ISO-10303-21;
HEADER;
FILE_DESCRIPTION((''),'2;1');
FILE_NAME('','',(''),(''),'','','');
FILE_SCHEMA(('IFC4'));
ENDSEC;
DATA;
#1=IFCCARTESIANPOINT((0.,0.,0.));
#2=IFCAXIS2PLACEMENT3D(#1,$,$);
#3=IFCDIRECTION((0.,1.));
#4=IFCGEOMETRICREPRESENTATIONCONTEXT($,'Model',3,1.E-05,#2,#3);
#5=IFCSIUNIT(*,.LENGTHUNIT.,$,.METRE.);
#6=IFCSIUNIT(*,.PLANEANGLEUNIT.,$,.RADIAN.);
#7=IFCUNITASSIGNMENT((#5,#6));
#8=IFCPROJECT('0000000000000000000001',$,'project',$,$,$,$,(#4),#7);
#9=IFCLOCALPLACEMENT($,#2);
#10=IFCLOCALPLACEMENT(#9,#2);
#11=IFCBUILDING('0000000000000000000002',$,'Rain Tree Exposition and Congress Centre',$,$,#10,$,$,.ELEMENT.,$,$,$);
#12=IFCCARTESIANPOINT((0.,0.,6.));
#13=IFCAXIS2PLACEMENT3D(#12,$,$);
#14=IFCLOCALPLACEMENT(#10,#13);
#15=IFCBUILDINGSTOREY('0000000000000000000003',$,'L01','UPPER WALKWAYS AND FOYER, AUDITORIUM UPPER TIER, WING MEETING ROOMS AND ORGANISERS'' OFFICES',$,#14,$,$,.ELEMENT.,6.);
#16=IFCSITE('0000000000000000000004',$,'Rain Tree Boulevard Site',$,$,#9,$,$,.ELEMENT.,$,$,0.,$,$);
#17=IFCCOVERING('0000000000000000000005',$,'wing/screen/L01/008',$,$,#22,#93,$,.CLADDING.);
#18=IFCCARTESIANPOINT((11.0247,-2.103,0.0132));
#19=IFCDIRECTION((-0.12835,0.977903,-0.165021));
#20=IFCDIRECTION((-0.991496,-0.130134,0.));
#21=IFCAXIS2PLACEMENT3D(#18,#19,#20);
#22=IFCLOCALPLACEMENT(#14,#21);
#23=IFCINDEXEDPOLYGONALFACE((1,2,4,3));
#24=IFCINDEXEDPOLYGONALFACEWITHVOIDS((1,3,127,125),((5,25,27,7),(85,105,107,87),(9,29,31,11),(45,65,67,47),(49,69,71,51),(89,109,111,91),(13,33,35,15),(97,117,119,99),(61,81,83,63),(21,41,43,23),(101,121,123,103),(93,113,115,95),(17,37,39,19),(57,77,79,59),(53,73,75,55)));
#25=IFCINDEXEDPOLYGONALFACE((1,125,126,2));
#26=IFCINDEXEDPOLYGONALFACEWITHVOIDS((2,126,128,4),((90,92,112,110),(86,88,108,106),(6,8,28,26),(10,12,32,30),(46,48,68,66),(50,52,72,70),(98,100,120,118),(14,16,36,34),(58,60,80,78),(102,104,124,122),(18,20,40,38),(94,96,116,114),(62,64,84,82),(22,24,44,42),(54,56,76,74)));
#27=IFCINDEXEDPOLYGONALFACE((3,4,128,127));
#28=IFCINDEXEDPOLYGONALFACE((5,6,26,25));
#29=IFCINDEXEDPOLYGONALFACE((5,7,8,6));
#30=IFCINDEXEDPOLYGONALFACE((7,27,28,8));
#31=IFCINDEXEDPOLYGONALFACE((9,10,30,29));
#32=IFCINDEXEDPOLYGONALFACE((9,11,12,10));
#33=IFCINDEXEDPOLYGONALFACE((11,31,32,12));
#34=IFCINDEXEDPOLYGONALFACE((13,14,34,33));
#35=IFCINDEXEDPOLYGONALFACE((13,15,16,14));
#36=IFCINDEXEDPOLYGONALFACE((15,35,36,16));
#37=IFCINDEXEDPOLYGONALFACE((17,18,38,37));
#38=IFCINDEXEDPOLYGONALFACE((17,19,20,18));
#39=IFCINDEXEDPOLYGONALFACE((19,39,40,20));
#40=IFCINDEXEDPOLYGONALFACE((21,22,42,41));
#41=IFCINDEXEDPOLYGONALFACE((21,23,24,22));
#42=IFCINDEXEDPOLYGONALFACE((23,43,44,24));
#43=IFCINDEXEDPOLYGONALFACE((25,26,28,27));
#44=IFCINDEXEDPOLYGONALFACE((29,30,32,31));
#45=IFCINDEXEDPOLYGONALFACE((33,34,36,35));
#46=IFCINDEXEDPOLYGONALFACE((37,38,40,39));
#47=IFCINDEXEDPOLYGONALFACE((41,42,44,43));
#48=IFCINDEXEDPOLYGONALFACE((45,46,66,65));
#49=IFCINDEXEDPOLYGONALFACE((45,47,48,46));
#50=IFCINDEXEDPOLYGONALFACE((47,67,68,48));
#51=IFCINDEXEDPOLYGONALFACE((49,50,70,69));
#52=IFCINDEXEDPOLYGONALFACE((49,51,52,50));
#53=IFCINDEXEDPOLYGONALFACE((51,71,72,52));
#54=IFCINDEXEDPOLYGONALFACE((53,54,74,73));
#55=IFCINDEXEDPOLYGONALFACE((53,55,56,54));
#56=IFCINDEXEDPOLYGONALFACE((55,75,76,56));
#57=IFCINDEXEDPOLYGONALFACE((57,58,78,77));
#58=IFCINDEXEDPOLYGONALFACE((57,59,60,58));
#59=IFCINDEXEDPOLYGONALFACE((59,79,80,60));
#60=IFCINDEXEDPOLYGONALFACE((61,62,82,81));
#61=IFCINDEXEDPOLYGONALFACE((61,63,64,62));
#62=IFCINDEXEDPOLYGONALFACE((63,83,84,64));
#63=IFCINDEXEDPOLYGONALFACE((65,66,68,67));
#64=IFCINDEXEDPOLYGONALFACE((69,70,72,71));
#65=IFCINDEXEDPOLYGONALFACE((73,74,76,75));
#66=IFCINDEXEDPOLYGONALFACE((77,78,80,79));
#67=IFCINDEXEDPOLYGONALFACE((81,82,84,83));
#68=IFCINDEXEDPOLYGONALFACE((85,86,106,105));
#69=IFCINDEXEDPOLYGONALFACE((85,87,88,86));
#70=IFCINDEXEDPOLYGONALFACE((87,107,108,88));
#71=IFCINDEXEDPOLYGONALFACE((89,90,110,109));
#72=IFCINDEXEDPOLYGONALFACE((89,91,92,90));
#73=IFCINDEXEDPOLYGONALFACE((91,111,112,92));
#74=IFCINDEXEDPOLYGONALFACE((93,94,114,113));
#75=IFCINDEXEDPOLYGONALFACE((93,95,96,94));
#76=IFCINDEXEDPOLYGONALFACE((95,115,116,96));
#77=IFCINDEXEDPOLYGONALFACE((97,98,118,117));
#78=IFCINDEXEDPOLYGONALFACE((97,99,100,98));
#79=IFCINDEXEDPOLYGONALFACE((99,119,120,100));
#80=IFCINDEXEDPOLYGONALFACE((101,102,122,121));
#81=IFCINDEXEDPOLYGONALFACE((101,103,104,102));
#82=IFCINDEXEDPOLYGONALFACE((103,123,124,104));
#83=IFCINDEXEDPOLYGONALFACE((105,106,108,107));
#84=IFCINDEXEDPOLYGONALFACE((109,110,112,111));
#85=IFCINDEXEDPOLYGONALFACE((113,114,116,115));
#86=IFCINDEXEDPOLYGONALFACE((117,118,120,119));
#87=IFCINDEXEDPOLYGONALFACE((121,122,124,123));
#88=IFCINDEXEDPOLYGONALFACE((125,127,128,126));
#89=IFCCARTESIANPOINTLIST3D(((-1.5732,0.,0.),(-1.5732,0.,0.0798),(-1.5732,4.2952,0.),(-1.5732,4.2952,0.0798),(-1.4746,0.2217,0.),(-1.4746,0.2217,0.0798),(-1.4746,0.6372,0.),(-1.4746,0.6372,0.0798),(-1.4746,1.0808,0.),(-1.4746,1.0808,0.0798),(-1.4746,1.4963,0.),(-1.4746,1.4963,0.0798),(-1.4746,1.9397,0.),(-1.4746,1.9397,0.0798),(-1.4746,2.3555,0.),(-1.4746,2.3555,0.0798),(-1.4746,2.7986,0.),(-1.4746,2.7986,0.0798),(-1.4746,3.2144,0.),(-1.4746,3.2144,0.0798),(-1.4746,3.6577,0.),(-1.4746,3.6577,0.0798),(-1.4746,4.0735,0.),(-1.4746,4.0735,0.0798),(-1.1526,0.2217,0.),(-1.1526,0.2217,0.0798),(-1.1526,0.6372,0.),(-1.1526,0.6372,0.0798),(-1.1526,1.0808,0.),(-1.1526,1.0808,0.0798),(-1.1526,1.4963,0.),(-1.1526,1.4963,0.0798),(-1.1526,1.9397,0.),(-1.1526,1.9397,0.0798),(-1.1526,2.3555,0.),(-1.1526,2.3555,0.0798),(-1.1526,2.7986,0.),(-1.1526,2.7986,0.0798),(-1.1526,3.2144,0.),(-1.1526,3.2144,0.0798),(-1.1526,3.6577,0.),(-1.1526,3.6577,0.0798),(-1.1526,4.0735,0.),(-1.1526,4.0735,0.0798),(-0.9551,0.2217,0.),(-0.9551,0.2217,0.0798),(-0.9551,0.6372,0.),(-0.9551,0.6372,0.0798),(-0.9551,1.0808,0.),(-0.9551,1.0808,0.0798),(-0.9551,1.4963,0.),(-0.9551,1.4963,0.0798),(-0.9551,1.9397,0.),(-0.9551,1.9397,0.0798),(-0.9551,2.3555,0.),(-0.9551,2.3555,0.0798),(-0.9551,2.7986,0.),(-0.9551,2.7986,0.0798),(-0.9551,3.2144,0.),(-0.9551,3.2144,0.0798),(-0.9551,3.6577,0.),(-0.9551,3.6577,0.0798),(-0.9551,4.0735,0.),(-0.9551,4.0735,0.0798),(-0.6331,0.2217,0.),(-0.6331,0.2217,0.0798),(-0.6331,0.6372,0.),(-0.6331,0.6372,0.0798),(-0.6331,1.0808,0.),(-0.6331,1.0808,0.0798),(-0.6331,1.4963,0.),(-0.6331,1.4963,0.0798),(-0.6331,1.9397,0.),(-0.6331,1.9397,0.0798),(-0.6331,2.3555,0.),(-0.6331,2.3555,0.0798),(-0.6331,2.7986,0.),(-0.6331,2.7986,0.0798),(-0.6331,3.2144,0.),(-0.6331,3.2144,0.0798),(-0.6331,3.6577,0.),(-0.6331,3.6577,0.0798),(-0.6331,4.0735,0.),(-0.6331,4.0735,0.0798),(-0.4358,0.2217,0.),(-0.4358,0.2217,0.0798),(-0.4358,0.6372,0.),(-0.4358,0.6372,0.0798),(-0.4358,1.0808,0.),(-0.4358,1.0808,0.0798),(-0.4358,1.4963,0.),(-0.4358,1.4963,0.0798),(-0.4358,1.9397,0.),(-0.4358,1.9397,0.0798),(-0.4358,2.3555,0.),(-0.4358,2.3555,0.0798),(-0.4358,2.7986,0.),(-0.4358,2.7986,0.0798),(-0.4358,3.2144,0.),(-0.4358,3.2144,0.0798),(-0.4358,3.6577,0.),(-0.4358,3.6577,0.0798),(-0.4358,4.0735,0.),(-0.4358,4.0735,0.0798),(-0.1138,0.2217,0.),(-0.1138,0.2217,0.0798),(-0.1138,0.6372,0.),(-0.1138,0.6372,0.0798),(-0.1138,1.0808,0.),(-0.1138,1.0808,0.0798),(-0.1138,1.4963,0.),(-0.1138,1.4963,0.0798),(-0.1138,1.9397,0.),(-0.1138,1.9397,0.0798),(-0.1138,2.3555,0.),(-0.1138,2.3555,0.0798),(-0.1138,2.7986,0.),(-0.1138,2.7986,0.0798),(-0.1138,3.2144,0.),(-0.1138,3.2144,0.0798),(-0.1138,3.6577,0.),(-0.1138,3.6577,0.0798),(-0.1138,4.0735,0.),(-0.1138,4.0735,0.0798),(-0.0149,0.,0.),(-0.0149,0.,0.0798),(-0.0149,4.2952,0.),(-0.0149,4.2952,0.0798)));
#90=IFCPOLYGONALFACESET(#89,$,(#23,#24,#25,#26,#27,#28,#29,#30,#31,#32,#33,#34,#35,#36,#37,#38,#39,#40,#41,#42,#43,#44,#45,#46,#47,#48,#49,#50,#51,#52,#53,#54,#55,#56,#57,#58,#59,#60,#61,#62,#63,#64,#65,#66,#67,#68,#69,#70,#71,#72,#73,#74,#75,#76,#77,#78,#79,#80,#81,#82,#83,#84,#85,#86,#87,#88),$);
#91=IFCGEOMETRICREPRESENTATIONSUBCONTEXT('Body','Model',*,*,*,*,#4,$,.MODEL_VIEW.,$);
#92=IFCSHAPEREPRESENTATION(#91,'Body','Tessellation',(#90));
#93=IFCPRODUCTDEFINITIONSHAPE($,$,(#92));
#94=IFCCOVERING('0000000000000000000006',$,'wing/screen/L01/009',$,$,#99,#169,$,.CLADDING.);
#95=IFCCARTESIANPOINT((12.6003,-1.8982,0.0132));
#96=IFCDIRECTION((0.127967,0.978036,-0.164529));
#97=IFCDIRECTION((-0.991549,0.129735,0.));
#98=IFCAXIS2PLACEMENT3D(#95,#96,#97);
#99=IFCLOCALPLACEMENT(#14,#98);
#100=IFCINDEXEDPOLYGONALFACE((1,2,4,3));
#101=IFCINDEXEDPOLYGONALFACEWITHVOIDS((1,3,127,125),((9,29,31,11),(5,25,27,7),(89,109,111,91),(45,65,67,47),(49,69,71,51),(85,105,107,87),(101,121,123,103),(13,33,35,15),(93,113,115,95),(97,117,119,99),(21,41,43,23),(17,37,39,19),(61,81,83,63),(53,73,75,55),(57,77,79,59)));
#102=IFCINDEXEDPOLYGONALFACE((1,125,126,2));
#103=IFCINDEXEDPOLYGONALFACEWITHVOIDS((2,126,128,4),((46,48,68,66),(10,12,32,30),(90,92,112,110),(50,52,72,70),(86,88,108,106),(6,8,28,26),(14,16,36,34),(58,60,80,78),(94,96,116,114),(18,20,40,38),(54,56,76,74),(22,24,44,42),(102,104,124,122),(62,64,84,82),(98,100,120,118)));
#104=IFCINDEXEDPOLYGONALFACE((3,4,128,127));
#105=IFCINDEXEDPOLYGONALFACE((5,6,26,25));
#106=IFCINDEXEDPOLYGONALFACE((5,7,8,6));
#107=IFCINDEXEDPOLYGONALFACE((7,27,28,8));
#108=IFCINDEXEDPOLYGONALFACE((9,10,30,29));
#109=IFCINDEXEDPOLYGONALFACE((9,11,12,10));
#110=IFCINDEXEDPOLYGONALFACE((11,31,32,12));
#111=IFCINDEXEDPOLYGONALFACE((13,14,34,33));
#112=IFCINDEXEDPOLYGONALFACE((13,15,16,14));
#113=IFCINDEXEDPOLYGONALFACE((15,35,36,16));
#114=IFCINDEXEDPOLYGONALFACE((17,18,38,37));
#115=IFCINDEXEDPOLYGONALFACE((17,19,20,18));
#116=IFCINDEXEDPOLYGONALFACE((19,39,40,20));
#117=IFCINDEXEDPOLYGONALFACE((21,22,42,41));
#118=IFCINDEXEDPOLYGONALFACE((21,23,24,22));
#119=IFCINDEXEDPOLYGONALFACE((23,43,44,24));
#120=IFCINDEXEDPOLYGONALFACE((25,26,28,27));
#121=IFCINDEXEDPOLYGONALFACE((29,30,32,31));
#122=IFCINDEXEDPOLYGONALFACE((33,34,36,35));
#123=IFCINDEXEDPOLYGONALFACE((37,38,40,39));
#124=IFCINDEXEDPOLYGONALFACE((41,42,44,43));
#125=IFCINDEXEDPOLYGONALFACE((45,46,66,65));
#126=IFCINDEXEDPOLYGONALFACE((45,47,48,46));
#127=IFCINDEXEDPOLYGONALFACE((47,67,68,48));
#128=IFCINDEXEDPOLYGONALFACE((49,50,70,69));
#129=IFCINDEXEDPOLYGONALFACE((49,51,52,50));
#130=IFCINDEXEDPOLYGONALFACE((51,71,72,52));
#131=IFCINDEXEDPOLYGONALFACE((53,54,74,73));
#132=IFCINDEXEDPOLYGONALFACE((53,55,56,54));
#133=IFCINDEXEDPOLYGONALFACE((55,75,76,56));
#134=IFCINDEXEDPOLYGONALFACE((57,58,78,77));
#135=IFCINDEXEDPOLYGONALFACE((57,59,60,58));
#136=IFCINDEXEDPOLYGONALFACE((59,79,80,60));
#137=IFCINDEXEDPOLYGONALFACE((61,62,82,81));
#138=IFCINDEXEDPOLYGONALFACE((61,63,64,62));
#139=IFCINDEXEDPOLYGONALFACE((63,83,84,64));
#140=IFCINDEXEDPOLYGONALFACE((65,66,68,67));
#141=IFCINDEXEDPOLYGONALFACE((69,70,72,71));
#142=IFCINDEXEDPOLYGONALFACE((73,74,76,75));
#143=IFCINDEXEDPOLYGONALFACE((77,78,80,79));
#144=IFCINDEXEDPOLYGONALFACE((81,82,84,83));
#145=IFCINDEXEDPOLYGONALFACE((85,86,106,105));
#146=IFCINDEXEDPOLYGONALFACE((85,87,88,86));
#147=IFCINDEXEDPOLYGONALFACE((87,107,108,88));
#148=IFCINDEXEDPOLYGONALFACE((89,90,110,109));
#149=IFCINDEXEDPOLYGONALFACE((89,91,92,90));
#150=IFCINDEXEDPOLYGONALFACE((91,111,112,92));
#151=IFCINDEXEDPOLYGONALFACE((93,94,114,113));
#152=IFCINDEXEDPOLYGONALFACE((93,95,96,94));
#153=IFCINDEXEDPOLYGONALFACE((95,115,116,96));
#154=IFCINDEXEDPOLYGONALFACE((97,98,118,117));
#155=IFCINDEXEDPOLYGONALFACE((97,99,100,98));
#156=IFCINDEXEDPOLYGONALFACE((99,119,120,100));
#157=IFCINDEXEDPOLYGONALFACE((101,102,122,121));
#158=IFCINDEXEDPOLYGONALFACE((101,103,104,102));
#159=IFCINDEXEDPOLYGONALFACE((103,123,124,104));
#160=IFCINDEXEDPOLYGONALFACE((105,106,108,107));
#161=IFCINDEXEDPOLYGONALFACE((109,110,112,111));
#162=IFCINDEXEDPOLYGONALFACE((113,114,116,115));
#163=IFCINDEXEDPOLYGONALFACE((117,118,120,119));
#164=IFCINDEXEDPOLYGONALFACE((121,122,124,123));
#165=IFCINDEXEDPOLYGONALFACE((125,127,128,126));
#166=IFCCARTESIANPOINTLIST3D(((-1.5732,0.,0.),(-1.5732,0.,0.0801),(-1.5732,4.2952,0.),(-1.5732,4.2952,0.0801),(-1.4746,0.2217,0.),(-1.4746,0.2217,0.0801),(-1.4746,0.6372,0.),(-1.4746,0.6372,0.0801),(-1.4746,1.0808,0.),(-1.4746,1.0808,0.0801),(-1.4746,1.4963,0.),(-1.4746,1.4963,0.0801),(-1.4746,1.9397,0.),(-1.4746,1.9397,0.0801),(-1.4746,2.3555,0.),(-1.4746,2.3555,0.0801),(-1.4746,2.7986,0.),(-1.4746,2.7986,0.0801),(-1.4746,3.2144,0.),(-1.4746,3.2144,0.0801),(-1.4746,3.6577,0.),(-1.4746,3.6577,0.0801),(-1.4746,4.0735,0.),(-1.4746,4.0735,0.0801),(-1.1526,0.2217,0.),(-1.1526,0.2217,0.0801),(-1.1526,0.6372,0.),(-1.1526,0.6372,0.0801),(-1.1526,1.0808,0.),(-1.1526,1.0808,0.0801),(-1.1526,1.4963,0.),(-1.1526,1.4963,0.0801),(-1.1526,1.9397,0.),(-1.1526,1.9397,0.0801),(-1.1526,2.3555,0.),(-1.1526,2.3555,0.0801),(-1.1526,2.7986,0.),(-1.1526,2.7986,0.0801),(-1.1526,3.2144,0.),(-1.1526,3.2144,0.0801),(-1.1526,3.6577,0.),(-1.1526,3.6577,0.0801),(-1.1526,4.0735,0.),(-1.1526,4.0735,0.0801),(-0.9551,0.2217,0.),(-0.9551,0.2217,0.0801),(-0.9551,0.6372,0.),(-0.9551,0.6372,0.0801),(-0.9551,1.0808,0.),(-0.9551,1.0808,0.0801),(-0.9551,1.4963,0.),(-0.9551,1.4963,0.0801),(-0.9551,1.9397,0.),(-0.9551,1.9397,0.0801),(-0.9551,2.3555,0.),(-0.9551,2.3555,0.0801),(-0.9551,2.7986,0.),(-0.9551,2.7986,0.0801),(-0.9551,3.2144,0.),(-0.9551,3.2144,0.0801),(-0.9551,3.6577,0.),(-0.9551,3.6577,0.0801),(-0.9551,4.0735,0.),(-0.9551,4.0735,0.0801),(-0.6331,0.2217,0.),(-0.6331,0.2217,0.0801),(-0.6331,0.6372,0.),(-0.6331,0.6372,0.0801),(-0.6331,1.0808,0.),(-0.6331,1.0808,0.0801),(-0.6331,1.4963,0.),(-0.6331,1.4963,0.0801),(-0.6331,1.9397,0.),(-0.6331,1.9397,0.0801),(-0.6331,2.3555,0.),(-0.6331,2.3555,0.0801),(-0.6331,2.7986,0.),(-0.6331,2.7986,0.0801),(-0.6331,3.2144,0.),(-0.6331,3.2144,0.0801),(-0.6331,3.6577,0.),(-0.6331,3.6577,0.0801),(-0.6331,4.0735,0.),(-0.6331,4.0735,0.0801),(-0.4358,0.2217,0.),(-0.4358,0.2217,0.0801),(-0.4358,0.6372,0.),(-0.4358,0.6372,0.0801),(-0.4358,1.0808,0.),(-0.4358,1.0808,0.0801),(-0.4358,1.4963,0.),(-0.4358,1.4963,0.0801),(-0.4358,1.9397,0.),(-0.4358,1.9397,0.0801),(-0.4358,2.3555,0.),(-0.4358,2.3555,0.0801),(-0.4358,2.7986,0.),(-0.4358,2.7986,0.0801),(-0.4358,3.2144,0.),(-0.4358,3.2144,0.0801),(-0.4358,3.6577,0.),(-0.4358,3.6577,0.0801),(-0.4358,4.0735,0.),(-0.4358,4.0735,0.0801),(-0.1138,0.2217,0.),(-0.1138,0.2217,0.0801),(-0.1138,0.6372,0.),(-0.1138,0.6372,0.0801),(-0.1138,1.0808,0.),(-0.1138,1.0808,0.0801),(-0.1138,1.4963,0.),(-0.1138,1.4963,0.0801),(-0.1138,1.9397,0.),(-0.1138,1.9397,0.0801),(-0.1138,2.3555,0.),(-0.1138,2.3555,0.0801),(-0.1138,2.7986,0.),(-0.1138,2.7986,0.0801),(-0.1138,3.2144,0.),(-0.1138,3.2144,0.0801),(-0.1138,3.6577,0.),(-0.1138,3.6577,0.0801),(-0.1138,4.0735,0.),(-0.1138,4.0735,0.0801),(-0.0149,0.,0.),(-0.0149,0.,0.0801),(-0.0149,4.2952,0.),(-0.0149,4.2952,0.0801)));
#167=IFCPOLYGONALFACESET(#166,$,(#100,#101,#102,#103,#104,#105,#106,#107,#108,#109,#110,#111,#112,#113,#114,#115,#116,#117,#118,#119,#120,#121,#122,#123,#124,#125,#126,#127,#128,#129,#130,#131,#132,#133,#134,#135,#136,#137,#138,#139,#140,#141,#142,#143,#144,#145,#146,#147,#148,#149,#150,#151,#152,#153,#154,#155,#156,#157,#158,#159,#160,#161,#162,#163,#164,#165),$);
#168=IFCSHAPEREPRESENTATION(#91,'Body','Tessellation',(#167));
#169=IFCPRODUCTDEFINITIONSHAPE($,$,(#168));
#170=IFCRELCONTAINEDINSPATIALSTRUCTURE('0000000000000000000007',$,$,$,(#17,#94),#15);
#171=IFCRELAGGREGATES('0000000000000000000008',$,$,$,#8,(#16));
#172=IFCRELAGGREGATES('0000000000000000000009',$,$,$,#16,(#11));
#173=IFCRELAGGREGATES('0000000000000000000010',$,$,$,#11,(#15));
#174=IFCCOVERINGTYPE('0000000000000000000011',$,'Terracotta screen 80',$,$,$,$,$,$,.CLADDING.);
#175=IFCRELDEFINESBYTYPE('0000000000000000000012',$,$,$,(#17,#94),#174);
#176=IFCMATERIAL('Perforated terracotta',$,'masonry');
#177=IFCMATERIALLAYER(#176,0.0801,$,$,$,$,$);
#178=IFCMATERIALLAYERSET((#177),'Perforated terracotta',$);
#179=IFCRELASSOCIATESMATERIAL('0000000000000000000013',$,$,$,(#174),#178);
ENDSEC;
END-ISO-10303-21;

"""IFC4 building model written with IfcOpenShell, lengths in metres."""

from ifc_helpers import new_model, si_unit, direction, frame, origin, place, context, subcontext, project, spatial, polyline, outline, extrude, material, layer, layer_set, type_object, element, save


model = new_model("IFC4")

# Units and contexts
model_context = context("Model", 3, precision=1e-05, world=origin(), true_north=direction((0.0, 1.0)))
body_context = subcontext(model_context, "Body", "Model", "MODEL_VIEW")
ifc_project = project(units=[si_unit("LENGTHUNIT", "METRE"), si_unit("PLANEANGLEUNIT", "RADIAN")], contexts=[model_context])

# Site, building, storey
site_placement = place(None, origin())
site = spatial("IfcSite", under=ifc_project, at=site_placement, Name="Rain Tree Boulevard Site", CompositionType="ELEMENT", RefElevation=0.0)
building_placement = place(site_placement, origin())
building = spatial("IfcBuilding", under=site, at=building_placement, Name="Rain Tree Exposition and Congress Centre", CompositionType="ELEMENT")
storey_placement = place(building_placement, frame((0.0, 0.0, 6.0)))
storey = spatial("IfcBuildingStorey", under=building, at=storey_placement, Name="L01", Description="UPPER WALKWAYS AND FOYER, AUDITORIUM UPPER TIER, WING MEETING ROOMS AND ORGANISERS' OFFICES", CompositionType="ELEMENT", Elevation=6.0)

# Coverings
ifc_material_1 = material(Name="Perforated terracotta", Category="masonry")
ifc_layer_1 = layer(ifc_material_1, 0.0801)
ifc_layer_set_1 = layer_set([ifc_layer_1], Name="Perforated terracotta")
covering_type = type_object("IfcCoveringType", Name="Terracotta screen 80", PredefinedType="CLADDING", material=ifc_layer_set_1)
covering_1_placement = place(storey_placement, frame((11.0247, -2.103, 0.0132), z_axis=(-0.12835, 0.977903, -0.165021), x_axis=(-0.991496, -0.130134, 0.0)))
element("IfcCovering", 1, at=covering_1_placement, inside=storey, type_object=covering_type, Name="wing/screen/L01/008", PredefinedType="CLADDING", context=body_context, shape_type="SweptSolid", body=[
    extrude(outline(polyline([(-1.5732, 0.0), (-1.5732, 4.2952), (-0.0149, 4.2952), (-0.0149, 0.0), (-1.5732, 0.0)]), holes=[polyline([(-0.1138, 0.2217), (-0.1138, 0.6372), (-0.4358, 0.6372), (-0.4358, 0.2217), (-0.1138, 0.2217)]), polyline([(-0.1138, 1.0808), (-0.1138, 1.4963), (-0.4358, 1.4963), (-0.4358, 1.0808), (-0.1138, 1.0808)]), polyline([(-0.1138, 1.9397), (-0.1138, 2.3555), (-0.4358, 2.3555), (-0.4358, 1.9397), (-0.1138, 1.9397)]), polyline([(-0.1138, 2.7986), (-0.1138, 3.2144), (-0.4358, 3.2144), (-0.4358, 2.7986), (-0.1138, 2.7986)]), polyline([(-0.1138, 3.6577), (-0.1138, 4.0735), (-0.4358, 4.0735), (-0.4358, 3.6577), (-0.1138, 3.6577)]), polyline([(-0.6331, 0.2217), (-0.6331, 0.6372), (-0.9551, 0.6372), (-0.9551, 0.2217), (-0.6331, 0.2217)]), polyline([(-0.6331, 1.0808), (-0.6331, 1.4963), (-0.9551, 1.4963), (-0.9551, 1.0808), (-0.6331, 1.0808)]), polyline([(-0.6331, 1.9397), (-0.6331, 2.3555), (-0.9551, 2.3555), (-0.9551, 1.9397), (-0.6331, 1.9397)]), polyline([(-0.6331, 2.7986), (-0.6331, 3.2144), (-0.9551, 3.2144), (-0.9551, 2.7986), (-0.6331, 2.7986)]), polyline([(-0.6331, 3.6577), (-0.6331, 4.0735), (-0.9551, 4.0735), (-0.9551, 3.6577), (-0.6331, 3.6577)]), polyline([(-1.1526, 0.2217), (-1.1526, 0.6372), (-1.4746, 0.6372), (-1.4746, 0.2217), (-1.1526, 0.2217)]), polyline([(-1.1526, 1.0808), (-1.1526, 1.4963), (-1.4746, 1.4963), (-1.4746, 1.0808), (-1.1526, 1.0808)]), polyline([(-1.1526, 1.9397), (-1.1526, 2.3555), (-1.4746, 2.3555), (-1.4746, 1.9397), (-1.1526, 1.9397)]), polyline([(-1.1526, 2.7986), (-1.1526, 3.2144), (-1.4746, 3.2144), (-1.4746, 2.7986), (-1.1526, 2.7986)]), polyline([(-1.1526, 3.6577), (-1.1526, 4.0735), (-1.4746, 4.0735), (-1.4746, 3.6577), (-1.1526, 3.6577)])]), origin(), (0.0, 0.0, 1.0), 0.0798),
])
covering_2_placement = place(storey_placement, frame((12.6003, -1.8982, 0.0132), z_axis=(0.127967, 0.978036, -0.164529), x_axis=(-0.991549, 0.129735, 0.0)))
element("IfcCovering", 2, at=covering_2_placement, inside=storey, type_object=covering_type, Name="wing/screen/L01/009", PredefinedType="CLADDING", context=body_context, shape_type="SweptSolid", body=[
    extrude(outline(polyline([(-1.5732, 0.0), (-1.5732, 4.2952), (-0.0149, 4.2952), (-0.0149, 0.0), (-1.5732, 0.0)]), holes=[polyline([(-0.1138, 0.2217), (-0.1138, 0.6372), (-0.4358, 0.6372), (-0.4358, 0.2217), (-0.1138, 0.2217)]), polyline([(-0.1138, 1.0808), (-0.1138, 1.4963), (-0.4358, 1.4963), (-0.4358, 1.0808), (-0.1138, 1.0808)]), polyline([(-0.1138, 1.9397), (-0.1138, 2.3555), (-0.4358, 2.3555), (-0.4358, 1.9397), (-0.1138, 1.9397)]), polyline([(-0.1138, 2.7986), (-0.1138, 3.2144), (-0.4358, 3.2144), (-0.4358, 2.7986), (-0.1138, 2.7986)]), polyline([(-0.1138, 3.6577), (-0.1138, 4.0735), (-0.4358, 4.0735), (-0.4358, 3.6577), (-0.1138, 3.6577)]), polyline([(-0.6331, 0.2217), (-0.6331, 0.6372), (-0.9551, 0.6372), (-0.9551, 0.2217), (-0.6331, 0.2217)]), polyline([(-0.6331, 1.0808), (-0.6331, 1.4963), (-0.9551, 1.4963), (-0.9551, 1.0808), (-0.6331, 1.0808)]), polyline([(-0.6331, 1.9397), (-0.6331, 2.3555), (-0.9551, 2.3555), (-0.9551, 1.9397), (-0.6331, 1.9397)]), polyline([(-0.6331, 2.7986), (-0.6331, 3.2144), (-0.9551, 3.2144), (-0.9551, 2.7986), (-0.6331, 2.7986)]), polyline([(-0.6331, 3.6577), (-0.6331, 4.0735), (-0.9551, 4.0735), (-0.9551, 3.6577), (-0.6331, 3.6577)]), polyline([(-1.1526, 0.2217), (-1.1526, 0.6372), (-1.4746, 0.6372), (-1.4746, 0.2217), (-1.1526, 0.2217)]), polyline([(-1.1526, 1.0808), (-1.1526, 1.4963), (-1.4746, 1.4963), (-1.4746, 1.0808), (-1.1526, 1.0808)]), polyline([(-1.1526, 1.9397), (-1.1526, 2.3555), (-1.4746, 2.3555), (-1.4746, 1.9397), (-1.1526, 1.9397)]), polyline([(-1.1526, 2.7986), (-1.1526, 3.2144), (-1.4746, 3.2144), (-1.4746, 2.7986), (-1.1526, 2.7986)]), polyline([(-1.1526, 3.6577), (-1.1526, 4.0735), (-1.4746, 4.0735), (-1.4746, 3.6577), (-1.1526, 3.6577)])]), origin(), (0.0, 0.0, 1.0), 0.0801),
])

save(model, "model.ifc")
